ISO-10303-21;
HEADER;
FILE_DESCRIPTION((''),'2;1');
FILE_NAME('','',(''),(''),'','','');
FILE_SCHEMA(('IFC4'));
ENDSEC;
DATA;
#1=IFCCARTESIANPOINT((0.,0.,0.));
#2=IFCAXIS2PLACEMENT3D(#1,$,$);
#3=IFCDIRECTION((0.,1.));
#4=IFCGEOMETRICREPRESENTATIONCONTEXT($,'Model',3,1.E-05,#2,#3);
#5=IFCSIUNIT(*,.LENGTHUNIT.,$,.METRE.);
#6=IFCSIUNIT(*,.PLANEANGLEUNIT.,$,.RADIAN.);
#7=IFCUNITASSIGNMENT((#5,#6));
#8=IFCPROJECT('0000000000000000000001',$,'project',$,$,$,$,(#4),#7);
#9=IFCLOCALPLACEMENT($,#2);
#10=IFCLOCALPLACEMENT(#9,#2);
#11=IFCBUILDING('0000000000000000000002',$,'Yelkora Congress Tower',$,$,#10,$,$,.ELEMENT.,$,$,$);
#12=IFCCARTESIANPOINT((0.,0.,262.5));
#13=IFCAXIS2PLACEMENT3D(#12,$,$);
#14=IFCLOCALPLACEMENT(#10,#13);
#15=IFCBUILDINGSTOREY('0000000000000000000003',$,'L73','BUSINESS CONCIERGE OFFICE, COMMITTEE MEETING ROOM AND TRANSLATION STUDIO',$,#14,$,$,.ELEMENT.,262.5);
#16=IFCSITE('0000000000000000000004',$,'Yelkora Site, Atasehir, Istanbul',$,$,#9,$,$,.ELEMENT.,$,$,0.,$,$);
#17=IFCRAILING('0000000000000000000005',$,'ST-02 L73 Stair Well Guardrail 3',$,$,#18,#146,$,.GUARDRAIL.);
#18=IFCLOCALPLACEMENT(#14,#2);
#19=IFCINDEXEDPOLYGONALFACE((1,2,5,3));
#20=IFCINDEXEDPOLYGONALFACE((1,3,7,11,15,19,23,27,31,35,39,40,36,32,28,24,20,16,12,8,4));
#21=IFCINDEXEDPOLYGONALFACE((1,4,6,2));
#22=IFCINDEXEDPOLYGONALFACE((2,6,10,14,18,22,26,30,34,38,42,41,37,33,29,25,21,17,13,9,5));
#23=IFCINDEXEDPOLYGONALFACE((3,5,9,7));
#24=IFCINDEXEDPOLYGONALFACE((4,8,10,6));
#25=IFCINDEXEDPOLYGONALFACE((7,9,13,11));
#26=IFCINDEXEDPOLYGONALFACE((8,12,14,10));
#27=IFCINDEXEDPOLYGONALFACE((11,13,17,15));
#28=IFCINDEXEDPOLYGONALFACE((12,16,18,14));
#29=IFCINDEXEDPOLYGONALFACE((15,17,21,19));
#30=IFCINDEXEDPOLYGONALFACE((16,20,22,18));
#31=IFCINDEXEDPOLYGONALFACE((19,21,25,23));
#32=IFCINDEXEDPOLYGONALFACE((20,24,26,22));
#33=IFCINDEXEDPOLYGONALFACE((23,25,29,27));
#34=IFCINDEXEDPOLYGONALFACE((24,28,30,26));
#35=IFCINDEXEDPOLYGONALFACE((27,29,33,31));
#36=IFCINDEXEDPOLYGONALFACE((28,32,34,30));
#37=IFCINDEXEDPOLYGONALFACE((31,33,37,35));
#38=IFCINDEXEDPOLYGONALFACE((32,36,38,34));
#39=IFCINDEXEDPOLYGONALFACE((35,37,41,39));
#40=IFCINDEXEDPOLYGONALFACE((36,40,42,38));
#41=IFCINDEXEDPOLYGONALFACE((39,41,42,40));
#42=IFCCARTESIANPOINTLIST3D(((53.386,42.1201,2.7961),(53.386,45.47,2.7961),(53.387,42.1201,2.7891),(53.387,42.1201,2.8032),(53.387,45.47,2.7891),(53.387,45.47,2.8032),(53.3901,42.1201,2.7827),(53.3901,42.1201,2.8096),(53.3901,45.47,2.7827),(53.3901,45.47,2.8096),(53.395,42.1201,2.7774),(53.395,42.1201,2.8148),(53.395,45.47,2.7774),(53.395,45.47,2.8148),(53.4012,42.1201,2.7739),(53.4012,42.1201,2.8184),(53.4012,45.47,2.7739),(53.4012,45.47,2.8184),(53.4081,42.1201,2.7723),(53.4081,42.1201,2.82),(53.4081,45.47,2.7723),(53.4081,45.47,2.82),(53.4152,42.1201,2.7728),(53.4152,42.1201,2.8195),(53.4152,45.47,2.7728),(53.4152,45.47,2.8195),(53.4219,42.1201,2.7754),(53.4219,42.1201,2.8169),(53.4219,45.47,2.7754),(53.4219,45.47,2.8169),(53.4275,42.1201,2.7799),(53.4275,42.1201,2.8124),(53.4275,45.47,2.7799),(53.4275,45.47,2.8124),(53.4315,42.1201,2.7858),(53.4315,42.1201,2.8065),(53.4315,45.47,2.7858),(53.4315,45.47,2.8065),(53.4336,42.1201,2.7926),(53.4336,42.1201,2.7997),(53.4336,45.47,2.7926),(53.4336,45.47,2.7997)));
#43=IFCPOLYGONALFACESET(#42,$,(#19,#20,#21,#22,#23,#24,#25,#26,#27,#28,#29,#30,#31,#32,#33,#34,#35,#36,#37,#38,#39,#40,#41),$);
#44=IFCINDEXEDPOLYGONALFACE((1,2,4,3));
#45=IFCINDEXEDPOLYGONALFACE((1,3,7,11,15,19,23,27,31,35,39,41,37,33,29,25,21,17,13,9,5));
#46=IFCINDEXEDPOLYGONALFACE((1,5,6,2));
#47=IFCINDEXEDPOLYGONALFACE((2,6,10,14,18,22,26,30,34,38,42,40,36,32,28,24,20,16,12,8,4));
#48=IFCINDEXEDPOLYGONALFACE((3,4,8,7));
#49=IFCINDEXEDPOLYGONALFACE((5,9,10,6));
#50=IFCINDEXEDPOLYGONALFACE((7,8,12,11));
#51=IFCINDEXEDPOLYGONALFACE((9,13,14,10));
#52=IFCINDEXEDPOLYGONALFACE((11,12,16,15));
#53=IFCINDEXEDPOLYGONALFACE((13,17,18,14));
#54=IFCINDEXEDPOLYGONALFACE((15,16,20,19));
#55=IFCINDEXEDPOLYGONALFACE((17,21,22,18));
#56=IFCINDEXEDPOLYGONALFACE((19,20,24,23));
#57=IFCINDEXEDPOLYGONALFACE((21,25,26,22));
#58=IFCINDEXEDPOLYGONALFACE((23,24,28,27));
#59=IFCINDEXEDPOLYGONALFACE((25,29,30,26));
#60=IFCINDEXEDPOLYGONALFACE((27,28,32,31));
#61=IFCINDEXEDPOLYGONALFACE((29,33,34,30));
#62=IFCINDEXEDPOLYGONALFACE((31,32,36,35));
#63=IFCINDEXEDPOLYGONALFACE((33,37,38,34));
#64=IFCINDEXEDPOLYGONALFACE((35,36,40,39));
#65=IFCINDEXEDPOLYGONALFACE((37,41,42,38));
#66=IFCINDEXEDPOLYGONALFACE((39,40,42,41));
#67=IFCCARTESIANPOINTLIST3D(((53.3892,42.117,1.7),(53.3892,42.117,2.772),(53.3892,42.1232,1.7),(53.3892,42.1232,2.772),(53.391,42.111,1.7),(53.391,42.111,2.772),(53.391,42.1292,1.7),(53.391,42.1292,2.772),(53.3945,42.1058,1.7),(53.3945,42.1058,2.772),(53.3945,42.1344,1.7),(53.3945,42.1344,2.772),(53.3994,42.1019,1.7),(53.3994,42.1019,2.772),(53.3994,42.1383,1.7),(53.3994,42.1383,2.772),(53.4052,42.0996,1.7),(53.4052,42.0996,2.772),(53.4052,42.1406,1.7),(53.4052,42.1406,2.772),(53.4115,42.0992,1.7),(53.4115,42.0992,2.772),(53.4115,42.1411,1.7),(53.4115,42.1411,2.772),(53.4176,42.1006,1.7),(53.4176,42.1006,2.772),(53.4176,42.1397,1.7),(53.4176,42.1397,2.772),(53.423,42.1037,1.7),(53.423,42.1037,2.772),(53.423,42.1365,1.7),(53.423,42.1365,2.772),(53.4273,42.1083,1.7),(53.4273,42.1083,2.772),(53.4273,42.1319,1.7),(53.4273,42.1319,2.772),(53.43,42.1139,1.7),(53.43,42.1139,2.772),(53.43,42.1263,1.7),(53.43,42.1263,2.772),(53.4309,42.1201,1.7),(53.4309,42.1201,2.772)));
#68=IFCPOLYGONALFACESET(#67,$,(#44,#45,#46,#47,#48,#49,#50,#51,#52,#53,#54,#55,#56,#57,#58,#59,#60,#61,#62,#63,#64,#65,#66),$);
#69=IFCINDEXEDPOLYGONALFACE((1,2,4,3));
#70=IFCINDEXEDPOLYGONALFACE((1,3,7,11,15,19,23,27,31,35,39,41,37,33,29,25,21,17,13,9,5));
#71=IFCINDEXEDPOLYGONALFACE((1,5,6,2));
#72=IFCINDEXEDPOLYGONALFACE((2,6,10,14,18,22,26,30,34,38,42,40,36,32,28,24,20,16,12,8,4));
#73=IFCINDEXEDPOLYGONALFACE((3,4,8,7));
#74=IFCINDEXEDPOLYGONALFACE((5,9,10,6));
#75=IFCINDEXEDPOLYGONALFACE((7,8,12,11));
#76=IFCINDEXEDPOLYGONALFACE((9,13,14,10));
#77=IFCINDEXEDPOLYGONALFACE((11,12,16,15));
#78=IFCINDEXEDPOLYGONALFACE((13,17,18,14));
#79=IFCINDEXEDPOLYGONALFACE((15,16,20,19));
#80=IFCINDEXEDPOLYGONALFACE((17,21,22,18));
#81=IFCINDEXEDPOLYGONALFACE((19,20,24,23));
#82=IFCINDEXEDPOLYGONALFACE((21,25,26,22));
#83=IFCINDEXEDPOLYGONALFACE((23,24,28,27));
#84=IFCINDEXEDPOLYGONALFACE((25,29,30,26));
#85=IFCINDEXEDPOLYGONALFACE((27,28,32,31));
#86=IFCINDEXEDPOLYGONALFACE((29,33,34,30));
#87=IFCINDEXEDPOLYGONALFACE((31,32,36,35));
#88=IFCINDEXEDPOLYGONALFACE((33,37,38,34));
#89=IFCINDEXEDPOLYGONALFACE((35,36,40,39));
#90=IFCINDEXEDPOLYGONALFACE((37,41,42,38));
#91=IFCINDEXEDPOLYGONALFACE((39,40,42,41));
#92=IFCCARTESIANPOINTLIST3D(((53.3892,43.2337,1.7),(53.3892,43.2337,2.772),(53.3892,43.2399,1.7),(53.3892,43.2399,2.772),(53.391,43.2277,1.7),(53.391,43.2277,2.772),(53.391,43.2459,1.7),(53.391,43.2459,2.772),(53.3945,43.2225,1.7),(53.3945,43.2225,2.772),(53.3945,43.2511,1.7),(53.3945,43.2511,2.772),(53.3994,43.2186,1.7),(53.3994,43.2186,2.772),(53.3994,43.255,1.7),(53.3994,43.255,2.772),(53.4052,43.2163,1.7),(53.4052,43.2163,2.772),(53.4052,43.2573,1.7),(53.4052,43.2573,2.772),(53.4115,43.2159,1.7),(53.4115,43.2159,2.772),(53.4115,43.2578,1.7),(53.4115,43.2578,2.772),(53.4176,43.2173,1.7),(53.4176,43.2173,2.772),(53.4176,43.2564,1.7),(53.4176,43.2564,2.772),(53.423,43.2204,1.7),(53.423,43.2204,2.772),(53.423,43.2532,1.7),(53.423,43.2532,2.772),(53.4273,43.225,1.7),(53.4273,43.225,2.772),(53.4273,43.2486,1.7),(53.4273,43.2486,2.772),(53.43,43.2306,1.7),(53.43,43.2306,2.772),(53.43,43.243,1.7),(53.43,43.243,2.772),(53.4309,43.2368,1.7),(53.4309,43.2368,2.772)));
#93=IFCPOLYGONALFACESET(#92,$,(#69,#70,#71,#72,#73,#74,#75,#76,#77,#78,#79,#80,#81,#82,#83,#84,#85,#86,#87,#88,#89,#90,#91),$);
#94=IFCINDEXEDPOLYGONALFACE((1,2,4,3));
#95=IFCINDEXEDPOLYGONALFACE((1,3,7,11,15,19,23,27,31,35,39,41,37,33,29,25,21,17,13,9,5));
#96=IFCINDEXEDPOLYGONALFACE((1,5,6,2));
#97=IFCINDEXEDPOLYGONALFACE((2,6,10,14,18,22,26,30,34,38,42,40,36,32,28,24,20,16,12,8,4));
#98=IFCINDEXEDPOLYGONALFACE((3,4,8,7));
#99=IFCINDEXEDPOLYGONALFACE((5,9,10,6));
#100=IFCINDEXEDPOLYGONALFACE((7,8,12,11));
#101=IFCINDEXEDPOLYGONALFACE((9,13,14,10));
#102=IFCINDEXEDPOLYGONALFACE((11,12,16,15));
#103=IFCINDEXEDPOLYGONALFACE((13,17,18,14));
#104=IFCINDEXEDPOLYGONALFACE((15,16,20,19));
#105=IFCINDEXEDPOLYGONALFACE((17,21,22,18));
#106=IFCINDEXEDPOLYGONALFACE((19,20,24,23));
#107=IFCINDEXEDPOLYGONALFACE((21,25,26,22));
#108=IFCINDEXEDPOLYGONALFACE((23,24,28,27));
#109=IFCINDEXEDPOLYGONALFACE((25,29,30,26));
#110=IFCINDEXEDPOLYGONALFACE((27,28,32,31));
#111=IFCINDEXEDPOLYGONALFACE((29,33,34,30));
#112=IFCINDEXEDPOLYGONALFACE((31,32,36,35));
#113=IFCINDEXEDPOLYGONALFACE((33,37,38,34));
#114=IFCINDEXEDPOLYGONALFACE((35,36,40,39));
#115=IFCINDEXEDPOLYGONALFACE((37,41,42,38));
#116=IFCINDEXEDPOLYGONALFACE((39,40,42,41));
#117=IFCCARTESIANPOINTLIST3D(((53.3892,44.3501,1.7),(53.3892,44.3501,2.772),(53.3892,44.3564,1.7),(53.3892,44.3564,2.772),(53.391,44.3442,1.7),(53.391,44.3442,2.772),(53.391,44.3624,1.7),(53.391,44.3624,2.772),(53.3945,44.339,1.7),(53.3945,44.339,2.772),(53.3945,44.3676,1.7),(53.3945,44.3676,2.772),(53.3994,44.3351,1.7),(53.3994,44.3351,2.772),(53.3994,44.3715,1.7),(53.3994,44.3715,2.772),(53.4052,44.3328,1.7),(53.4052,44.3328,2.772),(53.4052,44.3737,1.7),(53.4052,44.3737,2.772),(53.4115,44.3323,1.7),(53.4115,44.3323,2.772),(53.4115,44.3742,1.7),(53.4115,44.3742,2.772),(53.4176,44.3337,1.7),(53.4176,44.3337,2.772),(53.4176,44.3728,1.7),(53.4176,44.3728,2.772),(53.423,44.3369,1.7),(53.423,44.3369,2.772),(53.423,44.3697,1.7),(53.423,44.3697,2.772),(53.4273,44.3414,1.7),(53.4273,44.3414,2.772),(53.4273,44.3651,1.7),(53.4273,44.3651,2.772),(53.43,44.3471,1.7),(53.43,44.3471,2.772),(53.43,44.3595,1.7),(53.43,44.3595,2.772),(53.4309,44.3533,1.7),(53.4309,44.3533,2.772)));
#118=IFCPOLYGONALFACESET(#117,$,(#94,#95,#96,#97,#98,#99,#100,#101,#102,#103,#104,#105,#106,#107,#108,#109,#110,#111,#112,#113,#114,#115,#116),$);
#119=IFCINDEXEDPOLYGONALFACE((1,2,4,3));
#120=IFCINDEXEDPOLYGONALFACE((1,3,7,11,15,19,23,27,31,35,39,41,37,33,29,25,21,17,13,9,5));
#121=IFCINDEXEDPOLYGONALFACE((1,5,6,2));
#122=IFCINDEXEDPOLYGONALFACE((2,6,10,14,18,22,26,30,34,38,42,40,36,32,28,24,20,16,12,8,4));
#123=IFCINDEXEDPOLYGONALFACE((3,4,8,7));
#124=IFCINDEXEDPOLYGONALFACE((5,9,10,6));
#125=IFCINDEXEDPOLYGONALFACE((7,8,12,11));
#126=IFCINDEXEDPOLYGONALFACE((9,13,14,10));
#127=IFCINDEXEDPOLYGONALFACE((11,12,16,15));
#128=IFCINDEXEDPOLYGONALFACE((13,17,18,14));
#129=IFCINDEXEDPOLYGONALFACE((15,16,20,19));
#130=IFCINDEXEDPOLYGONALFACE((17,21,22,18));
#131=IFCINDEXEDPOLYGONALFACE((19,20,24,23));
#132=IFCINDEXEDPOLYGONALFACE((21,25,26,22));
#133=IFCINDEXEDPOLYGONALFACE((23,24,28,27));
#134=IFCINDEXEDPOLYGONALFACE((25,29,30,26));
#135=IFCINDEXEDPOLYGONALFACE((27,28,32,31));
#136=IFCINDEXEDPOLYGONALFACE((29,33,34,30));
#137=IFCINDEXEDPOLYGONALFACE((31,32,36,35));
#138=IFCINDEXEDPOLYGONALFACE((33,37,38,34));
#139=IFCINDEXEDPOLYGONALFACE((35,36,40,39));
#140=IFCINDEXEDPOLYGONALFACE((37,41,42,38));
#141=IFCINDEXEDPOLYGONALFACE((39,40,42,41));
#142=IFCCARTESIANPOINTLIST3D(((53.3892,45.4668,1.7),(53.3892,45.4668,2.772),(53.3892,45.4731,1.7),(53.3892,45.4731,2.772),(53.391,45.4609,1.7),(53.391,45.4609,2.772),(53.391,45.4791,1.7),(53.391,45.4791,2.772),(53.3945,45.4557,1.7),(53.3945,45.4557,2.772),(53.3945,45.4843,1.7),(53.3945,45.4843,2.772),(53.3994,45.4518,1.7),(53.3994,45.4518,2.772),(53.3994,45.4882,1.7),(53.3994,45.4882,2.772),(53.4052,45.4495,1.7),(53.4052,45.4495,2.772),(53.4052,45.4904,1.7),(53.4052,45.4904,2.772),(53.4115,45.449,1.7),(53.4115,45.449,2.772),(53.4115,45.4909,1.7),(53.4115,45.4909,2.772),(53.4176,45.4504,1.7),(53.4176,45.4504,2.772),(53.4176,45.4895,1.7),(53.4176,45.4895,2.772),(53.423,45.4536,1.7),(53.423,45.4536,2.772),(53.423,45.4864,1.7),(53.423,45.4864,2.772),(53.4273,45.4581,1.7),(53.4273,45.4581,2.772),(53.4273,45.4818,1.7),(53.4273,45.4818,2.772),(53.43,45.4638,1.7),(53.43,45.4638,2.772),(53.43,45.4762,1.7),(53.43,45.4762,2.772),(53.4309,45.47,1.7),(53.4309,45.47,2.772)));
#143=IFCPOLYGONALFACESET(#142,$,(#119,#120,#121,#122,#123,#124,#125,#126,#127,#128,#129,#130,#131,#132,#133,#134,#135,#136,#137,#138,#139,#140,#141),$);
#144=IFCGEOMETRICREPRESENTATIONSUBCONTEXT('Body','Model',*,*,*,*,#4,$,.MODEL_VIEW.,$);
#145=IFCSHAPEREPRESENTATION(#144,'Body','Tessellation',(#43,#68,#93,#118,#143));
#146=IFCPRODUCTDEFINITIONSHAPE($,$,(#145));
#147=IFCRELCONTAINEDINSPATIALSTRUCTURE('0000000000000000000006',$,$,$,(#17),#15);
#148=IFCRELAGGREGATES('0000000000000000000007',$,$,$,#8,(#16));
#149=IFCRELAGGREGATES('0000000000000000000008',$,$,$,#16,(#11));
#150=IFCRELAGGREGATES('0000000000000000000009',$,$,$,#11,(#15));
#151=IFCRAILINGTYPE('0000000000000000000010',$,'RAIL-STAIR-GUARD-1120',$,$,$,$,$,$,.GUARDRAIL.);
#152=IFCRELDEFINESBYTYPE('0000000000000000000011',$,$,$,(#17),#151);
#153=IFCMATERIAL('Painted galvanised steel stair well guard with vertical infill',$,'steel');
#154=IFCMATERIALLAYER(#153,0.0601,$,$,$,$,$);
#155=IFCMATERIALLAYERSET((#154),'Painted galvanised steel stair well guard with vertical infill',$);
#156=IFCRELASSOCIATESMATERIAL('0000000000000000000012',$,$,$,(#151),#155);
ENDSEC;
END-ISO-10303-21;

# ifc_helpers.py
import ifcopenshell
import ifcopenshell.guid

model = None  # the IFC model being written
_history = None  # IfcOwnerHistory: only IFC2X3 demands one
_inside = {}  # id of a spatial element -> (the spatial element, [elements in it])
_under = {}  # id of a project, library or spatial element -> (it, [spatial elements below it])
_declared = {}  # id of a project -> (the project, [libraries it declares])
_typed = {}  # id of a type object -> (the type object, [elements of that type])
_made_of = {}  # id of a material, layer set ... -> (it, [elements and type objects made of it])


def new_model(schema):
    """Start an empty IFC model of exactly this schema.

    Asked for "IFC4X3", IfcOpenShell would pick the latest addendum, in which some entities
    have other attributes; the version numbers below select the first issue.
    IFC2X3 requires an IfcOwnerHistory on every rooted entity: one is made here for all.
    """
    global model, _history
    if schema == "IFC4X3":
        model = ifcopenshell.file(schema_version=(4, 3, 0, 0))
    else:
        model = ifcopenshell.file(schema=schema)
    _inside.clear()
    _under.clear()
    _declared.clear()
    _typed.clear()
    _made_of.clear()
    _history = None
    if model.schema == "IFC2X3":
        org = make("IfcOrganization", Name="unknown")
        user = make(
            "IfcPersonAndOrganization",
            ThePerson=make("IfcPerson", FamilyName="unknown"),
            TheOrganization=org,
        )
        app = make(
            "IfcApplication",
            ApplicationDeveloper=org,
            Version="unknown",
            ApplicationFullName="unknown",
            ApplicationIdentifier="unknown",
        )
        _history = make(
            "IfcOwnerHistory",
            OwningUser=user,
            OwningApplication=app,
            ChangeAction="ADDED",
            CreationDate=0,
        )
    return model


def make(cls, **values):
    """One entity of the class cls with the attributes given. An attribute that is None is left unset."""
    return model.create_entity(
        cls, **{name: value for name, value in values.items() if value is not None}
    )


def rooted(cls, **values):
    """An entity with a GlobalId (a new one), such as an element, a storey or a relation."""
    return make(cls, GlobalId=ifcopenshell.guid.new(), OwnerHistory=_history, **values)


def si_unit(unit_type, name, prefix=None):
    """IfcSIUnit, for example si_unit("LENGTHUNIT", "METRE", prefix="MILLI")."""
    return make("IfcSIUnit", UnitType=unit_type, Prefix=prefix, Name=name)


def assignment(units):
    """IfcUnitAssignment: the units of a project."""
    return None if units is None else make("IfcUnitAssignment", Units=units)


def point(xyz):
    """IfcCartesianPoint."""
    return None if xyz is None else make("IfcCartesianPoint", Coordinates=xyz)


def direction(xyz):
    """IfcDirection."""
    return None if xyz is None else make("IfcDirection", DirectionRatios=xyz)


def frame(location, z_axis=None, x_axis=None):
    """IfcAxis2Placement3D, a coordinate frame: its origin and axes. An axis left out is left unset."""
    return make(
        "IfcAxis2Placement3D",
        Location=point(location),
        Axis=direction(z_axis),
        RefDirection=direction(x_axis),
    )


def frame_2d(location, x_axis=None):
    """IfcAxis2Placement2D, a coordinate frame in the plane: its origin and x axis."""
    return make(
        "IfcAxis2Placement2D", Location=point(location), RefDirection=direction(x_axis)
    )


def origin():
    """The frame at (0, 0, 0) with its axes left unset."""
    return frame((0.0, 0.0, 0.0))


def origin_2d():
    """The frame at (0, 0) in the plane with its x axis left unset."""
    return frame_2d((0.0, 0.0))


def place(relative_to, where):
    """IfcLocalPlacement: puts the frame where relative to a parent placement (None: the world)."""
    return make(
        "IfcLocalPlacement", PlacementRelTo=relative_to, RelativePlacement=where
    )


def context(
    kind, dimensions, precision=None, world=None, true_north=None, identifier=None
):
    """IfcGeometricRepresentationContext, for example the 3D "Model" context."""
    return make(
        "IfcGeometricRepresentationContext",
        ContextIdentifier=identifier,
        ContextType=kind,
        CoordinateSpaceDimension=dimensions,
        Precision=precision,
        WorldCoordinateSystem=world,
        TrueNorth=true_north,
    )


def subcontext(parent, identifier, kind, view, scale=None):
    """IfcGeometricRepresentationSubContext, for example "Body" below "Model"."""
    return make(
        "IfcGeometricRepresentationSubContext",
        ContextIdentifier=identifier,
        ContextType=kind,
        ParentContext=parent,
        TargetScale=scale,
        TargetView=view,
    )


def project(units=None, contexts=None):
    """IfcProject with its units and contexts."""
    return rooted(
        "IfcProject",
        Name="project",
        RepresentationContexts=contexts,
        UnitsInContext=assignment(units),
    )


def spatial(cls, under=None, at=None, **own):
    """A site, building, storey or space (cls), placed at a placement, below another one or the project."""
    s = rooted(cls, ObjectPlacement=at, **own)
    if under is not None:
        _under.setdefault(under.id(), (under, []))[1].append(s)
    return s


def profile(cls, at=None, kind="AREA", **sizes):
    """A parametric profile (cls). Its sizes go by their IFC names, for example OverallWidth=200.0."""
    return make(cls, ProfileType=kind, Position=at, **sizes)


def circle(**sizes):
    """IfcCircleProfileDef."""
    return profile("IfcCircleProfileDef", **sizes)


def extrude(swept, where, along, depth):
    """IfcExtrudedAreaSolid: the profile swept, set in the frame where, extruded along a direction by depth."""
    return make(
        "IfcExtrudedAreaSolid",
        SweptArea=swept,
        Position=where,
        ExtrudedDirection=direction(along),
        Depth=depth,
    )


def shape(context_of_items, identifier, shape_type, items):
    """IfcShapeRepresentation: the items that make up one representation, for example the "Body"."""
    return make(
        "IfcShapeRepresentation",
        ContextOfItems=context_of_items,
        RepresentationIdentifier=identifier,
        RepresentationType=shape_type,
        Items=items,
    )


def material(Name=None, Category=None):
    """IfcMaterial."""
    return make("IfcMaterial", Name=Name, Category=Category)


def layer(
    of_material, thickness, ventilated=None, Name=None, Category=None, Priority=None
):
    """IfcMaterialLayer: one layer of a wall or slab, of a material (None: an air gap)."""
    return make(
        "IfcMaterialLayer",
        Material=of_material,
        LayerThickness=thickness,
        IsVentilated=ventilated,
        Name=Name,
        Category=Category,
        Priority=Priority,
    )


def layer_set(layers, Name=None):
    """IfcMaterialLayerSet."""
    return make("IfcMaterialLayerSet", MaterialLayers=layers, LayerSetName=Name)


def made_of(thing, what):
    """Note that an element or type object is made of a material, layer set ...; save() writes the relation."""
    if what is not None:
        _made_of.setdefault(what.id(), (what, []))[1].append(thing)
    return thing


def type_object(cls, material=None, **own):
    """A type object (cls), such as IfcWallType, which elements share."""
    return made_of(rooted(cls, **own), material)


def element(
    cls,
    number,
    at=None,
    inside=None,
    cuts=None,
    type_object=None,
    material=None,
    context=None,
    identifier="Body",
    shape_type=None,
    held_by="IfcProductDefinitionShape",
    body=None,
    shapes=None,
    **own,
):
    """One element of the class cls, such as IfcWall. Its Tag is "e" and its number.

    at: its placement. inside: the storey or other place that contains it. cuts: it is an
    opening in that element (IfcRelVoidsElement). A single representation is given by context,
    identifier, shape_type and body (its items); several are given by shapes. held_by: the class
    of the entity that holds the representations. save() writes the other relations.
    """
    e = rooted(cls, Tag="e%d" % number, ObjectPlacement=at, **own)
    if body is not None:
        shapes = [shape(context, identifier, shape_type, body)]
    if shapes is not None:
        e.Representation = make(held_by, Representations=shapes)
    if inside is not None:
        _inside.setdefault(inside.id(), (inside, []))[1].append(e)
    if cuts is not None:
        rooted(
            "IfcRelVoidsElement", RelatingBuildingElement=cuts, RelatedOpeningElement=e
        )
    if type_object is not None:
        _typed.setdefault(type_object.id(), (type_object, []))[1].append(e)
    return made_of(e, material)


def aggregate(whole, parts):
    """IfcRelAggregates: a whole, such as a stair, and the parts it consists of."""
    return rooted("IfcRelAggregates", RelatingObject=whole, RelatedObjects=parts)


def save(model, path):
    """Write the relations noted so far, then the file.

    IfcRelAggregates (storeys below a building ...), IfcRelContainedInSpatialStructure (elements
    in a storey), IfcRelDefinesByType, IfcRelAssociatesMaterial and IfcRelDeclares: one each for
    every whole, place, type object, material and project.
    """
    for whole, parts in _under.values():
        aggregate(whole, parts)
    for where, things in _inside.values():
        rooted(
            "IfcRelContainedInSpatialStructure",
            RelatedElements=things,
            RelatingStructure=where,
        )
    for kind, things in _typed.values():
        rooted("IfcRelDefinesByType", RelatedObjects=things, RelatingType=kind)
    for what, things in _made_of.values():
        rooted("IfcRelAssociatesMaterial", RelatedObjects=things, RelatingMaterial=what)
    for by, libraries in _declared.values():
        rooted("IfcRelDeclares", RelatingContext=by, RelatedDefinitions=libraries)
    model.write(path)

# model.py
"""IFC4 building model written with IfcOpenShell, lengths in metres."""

from ifc_helpers import new_model, si_unit, direction, frame, origin, origin_2d, place, context, subcontext, project, spatial, circle, extrude, material, layer, layer_set, type_object, element, save


model = new_model("IFC4")

# Units and contexts
model_context = context("Model", 3, precision=1e-05, world=origin(), true_north=direction((0.0, 1.0)))
body_context = subcontext(model_context, "Body", "Model", "MODEL_VIEW")
ifc_project = project(units=[si_unit("LENGTHUNIT", "METRE"), si_unit("PLANEANGLEUNIT", "RADIAN")], contexts=[model_context])

# Site, building, storey
site_placement = place(None, origin())
site = spatial("IfcSite", under=ifc_project, at=site_placement, Name="Yelkora Site, Atasehir, Istanbul", CompositionType="ELEMENT", RefElevation=0.0)
building_placement = place(site_placement, origin())
building = spatial("IfcBuilding", under=site, at=building_placement, Name="Yelkora Congress Tower", CompositionType="ELEMENT")
storey_placement = place(building_placement, frame((0.0, 0.0, 262.5)))
storey = spatial("IfcBuildingStorey", under=building, at=storey_placement, Name="L73", Description="BUSINESS CONCIERGE OFFICE, COMMITTEE MEETING ROOM AND TRANSLATION STUDIO", CompositionType="ELEMENT", Elevation=262.5)

# Railing
ifc_material_1 = material(Name="Painted galvanised steel stair well guard with vertical infill", Category="steel")
ifc_layer_1 = layer(ifc_material_1, 0.0601)
ifc_layer_set_1 = layer_set([ifc_layer_1], Name="Painted galvanised steel stair well guard with vertical infill")
railing_type_1 = type_object("IfcRailingType", Name="RAIL-STAIR-GUARD-1120", PredefinedType="GUARDRAIL", material=ifc_layer_set_1)
for number, where, name in (
    (1, (53.4099, 42.1201, 1.7), "ST-02 L73 Stair Well Guardrail 3"),
):
    element("IfcRailing", number, at=place(storey_placement, frame(where)), inside=storey, type_object=railing_type_1, Name=name, PredefinedType="GUARDRAIL", context=body_context, shape_type="SweptSolid", body=[
        extrude(circle(Radius=0.0239, at=origin_2d()), frame((0.0, 0.0, 1.0962), z_axis=(0.0, 1.0, 0.0), x_axis=(-1.0, 0.0, 0.0)), (0.0, 0.0, 1.0), 3.3499),
        extrude(circle(Radius=0.021, at=origin_2d()), origin(), (0.0, 0.0, 1.0), 1.072),
        extrude(circle(Radius=0.021, at=origin_2d()), frame((0.0, 1.1167, 0.0)), (0.0, 0.0, 1.0), 1.072),
        extrude(circle(Radius=0.021, at=origin_2d()), frame((0.0, 2.2332, 0.0)), (0.0, 0.0, 1.0), 1.072),
        extrude(circle(Radius=0.021, at=origin_2d()), frame((0.0, 3.3499, 0.0)), (0.0, 0.0, 1.0), 1.072),
    ])

save(model, "model.ifc")
